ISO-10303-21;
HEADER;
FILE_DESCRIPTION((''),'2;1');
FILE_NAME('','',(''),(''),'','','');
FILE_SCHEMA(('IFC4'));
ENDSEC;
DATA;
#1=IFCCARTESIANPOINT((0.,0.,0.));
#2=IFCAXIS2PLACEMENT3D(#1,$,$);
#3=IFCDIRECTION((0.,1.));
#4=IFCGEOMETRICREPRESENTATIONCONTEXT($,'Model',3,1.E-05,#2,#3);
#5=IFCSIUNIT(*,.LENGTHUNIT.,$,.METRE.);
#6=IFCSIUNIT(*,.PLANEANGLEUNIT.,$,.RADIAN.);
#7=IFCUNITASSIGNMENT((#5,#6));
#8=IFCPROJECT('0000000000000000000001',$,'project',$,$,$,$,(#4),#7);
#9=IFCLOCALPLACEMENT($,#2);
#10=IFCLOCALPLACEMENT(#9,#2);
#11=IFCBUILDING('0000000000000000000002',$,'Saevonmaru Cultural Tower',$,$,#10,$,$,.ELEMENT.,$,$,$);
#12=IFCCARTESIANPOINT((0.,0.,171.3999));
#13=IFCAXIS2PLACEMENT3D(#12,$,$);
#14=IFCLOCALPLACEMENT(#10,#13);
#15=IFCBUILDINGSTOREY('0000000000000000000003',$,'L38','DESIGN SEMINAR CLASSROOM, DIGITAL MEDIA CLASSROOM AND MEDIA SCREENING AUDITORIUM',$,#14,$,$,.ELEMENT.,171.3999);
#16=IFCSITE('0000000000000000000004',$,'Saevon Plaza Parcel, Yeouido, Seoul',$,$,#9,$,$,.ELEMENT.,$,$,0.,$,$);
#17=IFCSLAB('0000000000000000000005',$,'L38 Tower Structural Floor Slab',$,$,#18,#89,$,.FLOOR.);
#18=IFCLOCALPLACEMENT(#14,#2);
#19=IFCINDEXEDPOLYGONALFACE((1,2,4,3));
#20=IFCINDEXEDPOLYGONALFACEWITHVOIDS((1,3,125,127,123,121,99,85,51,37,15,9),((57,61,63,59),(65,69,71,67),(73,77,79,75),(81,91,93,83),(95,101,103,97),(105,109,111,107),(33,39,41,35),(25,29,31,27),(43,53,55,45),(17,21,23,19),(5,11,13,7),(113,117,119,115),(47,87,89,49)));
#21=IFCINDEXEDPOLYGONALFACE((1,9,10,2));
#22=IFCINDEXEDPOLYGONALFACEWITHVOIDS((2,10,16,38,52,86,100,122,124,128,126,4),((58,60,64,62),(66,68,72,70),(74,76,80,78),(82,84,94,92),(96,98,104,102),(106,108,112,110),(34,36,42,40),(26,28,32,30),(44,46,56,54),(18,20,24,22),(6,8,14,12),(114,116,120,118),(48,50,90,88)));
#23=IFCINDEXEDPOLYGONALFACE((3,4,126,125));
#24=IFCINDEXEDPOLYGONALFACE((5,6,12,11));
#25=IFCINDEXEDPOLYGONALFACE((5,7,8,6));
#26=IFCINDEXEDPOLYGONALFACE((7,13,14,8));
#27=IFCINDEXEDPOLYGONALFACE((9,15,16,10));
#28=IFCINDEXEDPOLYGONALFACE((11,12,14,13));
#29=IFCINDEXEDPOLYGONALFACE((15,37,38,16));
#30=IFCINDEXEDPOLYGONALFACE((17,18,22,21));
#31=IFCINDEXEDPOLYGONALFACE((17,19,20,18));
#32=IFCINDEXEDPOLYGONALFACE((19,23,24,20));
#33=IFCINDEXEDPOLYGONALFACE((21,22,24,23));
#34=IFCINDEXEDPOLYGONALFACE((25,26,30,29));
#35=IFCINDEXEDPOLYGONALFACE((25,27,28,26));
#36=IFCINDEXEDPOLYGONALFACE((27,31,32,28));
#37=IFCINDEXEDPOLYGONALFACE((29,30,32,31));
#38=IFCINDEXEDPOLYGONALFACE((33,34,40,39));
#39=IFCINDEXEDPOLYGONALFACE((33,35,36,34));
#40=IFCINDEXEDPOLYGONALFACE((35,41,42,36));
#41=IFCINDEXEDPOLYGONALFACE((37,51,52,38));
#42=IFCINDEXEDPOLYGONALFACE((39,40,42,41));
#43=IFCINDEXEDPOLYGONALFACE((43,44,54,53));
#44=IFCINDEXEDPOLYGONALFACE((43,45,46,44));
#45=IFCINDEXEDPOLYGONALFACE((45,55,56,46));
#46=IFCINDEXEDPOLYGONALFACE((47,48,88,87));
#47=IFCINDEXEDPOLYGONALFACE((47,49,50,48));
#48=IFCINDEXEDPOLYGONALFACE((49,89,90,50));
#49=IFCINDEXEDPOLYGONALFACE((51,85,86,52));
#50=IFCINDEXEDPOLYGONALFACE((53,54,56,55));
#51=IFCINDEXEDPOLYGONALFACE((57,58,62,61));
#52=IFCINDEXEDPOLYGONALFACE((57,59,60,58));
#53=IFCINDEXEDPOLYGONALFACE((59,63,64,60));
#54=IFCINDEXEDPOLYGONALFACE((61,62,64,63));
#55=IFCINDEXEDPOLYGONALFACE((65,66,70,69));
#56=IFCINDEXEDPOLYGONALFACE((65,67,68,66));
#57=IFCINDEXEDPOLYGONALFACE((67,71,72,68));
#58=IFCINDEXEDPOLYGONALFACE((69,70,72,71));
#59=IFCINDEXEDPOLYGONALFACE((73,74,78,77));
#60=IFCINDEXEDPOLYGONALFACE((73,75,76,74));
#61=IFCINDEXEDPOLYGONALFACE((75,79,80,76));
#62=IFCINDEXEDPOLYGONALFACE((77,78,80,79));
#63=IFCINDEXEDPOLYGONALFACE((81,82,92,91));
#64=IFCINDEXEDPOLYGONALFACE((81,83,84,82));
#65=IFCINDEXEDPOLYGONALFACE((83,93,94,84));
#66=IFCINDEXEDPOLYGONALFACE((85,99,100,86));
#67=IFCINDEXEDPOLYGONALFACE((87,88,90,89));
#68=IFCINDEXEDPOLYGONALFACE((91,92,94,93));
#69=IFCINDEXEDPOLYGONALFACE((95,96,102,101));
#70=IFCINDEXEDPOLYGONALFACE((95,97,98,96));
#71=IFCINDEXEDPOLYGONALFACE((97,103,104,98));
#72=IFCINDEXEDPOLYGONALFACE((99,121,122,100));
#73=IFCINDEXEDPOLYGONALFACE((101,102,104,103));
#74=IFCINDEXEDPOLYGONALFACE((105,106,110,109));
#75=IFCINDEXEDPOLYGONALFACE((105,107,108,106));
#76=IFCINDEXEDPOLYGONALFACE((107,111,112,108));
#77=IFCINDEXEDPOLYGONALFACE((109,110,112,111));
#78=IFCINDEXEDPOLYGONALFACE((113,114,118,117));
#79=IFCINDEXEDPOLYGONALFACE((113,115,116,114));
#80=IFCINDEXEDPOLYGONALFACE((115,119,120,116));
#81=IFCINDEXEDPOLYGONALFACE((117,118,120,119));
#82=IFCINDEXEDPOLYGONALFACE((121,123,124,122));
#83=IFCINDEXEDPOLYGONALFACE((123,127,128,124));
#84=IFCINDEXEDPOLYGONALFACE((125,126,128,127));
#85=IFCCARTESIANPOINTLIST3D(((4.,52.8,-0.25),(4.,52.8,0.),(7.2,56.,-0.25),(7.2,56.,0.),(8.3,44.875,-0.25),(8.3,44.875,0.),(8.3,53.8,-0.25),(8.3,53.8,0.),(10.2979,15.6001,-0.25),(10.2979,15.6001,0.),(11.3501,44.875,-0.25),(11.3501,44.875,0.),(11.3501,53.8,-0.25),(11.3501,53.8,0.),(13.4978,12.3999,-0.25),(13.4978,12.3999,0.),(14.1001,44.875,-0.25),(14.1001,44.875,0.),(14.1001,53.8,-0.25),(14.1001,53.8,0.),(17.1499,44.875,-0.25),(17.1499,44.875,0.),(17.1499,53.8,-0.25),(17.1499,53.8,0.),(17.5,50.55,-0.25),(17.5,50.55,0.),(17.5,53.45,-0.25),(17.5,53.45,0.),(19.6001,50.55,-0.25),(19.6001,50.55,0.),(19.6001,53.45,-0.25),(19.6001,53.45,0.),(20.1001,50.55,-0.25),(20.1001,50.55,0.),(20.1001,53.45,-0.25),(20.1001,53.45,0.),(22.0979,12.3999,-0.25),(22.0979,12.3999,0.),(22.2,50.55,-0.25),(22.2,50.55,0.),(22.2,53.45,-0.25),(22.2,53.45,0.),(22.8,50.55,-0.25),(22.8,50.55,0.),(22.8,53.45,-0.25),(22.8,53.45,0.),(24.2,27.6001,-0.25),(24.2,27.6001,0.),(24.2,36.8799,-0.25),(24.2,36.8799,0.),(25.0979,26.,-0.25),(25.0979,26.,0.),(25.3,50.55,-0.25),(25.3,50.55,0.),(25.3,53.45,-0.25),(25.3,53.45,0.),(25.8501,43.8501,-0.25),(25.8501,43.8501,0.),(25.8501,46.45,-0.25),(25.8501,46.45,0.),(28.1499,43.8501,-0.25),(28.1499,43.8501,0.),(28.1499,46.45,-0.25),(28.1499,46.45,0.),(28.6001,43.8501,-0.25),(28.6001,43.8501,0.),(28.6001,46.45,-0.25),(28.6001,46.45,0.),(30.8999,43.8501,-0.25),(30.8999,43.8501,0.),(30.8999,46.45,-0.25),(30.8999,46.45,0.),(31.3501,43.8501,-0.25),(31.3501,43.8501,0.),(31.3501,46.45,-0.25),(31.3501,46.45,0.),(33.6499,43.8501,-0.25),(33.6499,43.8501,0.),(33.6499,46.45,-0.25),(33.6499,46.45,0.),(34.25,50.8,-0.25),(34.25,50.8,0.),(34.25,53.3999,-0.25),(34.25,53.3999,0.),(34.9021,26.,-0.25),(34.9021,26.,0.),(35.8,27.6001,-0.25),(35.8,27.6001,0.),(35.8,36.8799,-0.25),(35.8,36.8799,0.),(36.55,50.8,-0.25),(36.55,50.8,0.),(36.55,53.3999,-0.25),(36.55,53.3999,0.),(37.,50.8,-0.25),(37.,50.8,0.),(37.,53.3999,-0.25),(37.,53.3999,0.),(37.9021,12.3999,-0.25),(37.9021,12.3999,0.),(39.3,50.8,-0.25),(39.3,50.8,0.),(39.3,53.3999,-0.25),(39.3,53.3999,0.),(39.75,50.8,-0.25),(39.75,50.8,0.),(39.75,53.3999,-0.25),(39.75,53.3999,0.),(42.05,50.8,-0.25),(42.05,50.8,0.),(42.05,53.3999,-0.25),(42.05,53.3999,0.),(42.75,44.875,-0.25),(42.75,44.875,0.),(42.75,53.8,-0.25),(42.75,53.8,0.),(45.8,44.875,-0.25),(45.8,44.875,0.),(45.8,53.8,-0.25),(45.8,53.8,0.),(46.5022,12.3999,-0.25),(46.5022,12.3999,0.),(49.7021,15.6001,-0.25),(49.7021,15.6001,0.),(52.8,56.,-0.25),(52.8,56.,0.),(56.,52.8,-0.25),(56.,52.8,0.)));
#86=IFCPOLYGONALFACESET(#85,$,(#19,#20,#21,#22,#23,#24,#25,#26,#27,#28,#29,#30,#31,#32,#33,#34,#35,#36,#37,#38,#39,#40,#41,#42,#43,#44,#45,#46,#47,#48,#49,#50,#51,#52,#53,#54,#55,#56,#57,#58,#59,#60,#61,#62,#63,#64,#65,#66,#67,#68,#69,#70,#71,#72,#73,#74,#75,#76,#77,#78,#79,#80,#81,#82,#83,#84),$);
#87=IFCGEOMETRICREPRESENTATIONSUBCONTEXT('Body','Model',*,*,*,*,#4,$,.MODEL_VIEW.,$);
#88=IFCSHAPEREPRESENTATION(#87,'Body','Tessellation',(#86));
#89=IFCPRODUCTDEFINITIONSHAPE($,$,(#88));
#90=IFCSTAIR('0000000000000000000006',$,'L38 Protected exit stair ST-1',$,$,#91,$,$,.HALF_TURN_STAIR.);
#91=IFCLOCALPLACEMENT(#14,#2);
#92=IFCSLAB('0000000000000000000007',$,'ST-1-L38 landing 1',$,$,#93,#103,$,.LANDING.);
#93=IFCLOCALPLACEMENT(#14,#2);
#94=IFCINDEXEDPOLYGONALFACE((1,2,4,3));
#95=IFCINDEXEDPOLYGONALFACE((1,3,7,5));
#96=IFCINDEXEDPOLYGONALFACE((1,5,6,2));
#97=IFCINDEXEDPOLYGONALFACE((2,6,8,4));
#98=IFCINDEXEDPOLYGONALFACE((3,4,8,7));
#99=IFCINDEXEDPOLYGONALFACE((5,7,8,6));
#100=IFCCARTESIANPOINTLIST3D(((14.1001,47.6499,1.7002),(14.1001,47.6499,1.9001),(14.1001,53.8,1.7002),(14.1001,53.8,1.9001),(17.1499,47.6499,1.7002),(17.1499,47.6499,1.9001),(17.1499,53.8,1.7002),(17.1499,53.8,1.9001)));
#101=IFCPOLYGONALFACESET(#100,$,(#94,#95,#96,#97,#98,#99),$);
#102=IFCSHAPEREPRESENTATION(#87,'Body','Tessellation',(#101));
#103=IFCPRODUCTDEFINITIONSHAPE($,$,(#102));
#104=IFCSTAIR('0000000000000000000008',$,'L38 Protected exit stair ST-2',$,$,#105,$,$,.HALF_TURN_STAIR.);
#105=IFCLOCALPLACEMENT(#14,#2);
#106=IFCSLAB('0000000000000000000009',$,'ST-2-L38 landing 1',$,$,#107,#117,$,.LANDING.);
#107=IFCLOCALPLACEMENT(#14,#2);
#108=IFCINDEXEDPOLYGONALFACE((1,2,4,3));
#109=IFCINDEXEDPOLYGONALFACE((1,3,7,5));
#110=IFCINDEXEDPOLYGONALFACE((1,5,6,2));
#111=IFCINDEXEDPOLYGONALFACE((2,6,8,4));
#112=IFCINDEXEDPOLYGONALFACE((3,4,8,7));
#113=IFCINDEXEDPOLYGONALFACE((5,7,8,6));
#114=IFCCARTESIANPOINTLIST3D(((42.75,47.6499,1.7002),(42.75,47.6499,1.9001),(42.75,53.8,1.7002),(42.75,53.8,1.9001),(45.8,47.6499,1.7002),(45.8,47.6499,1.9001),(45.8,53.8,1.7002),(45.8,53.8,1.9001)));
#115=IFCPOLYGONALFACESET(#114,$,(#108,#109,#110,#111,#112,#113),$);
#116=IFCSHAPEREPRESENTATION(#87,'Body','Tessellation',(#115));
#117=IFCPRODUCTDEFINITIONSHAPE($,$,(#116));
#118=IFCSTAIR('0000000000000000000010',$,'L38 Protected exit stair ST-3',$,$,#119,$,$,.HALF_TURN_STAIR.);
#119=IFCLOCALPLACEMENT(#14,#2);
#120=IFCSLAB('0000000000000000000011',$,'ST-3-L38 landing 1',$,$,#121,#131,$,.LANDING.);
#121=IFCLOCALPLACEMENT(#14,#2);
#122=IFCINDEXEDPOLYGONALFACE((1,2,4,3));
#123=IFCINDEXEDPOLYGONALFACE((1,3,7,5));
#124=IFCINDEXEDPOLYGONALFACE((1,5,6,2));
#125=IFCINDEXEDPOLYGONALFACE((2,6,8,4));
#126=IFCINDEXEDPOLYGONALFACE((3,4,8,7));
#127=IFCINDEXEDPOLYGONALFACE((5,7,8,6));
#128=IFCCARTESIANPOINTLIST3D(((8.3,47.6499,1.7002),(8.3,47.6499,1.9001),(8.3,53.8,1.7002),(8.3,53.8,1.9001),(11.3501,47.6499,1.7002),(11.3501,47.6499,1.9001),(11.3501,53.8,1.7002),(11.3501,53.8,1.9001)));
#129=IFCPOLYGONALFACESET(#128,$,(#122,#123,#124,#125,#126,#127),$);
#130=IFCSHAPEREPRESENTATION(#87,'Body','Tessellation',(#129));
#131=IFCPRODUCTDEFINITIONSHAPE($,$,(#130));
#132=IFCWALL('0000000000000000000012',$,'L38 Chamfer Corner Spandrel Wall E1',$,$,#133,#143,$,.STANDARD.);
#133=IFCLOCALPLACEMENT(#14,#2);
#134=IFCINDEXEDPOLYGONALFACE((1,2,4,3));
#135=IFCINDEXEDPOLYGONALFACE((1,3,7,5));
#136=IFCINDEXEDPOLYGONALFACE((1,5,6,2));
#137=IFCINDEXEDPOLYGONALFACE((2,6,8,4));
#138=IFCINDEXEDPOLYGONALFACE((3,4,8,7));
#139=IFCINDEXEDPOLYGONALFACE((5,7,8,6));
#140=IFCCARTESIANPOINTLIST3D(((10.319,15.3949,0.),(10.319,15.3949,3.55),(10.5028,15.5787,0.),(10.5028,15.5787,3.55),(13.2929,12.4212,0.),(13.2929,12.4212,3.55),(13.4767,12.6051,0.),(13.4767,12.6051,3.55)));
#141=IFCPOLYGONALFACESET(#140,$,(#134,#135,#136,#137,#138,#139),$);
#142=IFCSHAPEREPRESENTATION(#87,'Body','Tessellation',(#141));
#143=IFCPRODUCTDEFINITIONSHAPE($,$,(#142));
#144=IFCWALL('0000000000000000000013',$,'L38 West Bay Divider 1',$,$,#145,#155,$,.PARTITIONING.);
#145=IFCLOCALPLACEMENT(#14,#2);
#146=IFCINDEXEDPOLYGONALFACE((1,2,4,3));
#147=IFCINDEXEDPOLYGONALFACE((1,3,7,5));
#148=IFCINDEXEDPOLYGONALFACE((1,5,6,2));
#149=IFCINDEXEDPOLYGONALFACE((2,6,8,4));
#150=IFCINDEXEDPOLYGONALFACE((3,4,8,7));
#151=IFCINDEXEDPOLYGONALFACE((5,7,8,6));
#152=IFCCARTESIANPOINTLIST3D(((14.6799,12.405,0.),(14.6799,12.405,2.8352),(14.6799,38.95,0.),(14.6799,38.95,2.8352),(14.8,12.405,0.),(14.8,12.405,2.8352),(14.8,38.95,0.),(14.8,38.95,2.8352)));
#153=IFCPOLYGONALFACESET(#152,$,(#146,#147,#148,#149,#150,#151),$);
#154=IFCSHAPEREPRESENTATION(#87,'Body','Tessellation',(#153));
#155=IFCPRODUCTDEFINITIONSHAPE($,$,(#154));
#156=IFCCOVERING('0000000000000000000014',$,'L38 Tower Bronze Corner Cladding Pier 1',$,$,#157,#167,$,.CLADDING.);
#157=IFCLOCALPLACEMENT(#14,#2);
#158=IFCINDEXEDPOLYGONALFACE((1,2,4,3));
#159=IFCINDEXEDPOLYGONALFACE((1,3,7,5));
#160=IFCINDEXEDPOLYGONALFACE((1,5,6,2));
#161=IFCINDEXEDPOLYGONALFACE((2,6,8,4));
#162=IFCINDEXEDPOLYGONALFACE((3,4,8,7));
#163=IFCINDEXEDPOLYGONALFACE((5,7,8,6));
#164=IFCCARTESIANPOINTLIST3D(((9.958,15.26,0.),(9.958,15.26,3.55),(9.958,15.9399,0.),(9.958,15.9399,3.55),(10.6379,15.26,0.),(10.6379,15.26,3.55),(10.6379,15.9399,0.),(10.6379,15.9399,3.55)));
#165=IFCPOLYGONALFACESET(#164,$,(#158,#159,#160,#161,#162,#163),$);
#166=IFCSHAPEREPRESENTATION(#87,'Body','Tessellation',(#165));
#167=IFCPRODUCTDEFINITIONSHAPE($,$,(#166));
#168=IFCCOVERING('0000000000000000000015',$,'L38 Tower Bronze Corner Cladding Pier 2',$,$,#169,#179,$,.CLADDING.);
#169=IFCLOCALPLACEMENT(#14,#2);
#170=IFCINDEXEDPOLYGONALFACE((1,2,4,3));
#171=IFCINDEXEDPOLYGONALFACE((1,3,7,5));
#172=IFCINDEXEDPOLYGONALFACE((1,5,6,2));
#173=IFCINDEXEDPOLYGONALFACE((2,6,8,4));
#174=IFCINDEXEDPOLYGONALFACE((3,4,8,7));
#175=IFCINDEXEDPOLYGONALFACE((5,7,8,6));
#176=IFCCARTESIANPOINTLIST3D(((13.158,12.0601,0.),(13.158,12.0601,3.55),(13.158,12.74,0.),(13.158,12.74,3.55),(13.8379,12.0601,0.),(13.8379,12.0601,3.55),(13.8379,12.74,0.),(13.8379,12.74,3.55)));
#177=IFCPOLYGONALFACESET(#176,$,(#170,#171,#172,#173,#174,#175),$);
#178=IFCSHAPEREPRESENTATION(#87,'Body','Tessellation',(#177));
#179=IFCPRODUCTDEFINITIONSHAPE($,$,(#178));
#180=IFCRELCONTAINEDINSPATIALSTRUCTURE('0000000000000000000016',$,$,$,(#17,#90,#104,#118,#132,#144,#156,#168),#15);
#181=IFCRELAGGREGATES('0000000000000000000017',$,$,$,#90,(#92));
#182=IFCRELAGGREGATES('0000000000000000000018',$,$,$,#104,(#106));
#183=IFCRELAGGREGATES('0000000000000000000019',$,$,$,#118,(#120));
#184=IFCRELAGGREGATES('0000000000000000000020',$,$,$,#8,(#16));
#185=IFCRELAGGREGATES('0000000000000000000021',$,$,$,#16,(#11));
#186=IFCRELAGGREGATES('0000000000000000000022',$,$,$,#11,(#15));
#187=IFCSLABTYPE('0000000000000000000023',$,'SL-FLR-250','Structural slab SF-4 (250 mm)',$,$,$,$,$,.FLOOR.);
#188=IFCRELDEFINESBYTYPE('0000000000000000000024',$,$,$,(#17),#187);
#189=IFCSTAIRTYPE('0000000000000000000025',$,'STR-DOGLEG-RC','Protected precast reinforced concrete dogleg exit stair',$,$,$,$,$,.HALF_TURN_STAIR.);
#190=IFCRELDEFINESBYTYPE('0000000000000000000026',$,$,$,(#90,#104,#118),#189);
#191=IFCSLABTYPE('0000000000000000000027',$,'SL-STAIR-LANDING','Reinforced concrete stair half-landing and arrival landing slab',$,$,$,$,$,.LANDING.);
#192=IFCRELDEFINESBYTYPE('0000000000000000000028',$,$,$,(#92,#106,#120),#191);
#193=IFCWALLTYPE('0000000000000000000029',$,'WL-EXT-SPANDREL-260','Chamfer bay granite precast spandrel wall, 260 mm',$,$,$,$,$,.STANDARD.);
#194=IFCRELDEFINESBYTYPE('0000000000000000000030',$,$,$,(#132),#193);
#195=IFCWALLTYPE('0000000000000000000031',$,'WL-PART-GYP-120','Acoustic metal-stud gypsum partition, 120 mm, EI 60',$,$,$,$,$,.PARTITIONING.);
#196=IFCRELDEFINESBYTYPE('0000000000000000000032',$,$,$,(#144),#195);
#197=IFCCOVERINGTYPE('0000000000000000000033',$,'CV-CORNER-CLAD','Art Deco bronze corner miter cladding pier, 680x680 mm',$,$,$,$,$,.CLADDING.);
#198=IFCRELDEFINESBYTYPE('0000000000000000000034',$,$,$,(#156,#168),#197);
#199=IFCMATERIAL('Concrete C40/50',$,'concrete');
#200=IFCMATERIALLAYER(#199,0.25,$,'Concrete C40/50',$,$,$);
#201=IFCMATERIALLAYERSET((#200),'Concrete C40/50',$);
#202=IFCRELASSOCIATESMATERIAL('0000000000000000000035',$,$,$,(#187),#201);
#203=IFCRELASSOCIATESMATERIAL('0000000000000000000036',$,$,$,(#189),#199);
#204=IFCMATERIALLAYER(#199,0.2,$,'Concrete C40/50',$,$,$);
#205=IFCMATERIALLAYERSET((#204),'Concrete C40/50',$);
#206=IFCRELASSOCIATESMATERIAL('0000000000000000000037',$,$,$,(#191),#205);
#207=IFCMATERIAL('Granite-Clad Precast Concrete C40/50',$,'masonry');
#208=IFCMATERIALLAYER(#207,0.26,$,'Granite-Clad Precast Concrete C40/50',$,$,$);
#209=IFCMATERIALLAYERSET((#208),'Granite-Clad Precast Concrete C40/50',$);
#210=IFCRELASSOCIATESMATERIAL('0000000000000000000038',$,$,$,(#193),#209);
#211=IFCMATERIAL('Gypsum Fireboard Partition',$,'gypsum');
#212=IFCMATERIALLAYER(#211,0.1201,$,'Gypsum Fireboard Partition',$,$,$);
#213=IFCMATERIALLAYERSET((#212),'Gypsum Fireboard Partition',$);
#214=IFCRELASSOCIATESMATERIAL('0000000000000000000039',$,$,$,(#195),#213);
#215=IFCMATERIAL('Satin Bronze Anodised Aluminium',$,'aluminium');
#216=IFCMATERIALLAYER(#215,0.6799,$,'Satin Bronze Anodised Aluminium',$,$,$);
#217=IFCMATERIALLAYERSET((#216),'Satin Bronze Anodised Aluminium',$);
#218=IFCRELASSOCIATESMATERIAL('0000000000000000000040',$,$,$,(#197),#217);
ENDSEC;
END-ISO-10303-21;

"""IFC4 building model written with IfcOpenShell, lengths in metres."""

from ifc_helpers import new_model, si_unit, direction, frame, frame_2d, origin, place, context, subcontext, project, spatial, polyline, rectangle, outline, extrude, material, layer, layer_set, type_object, element, aggregate, save


model = new_model("IFC4")

# Units and contexts
model_context = context("Model", 3, precision=1e-05, world=origin(), true_north=direction((0.0, 1.0)))
body_context = subcontext(model_context, "Body", "Model", "MODEL_VIEW")
ifc_project = project(units=[si_unit("LENGTHUNIT", "METRE"), si_unit("PLANEANGLEUNIT", "RADIAN")], contexts=[model_context])

# Site, building, storey
site_placement = place(None, origin())
site = spatial("IfcSite", under=ifc_project, at=site_placement, Name="Saevon Plaza Parcel, Yeouido, Seoul", CompositionType="ELEMENT", RefElevation=0.0)
building_placement = place(site_placement, origin())
building = spatial("IfcBuilding", under=site, at=building_placement, Name="Saevonmaru Cultural Tower", CompositionType="ELEMENT")
storey_placement = place(building_placement, frame((0.0, 0.0, 171.3999)))
storey = spatial("IfcBuildingStorey", under=building, at=storey_placement, Name="L38", Description="DESIGN SEMINAR CLASSROOM, DIGITAL MEDIA CLASSROOM AND MEDIA SCREENING AUDITORIUM", CompositionType="ELEMENT", Elevation=171.3999)

# Shared definitions
ifc_material_1 = material(Name="Satin Bronze Anodised Aluminium", Category="aluminium")

# Slab
ifc_material_2 = material(Name="Concrete C40/50", Category="concrete")
ifc_layer_1 = layer(ifc_material_2, 0.25, Name="Concrete C40/50")
ifc_layer_set_1 = layer_set([ifc_layer_1], Name="Concrete C40/50")
slab_type_1 = type_object("IfcSlabType", Name="SL-FLR-250", Description="Structural slab SF-4 (250 mm)", PredefinedType="FLOOR", material=ifc_layer_set_1)
slab_1_placement = place(storey_placement, frame((0.0, 0.0, -0.25)))
element("IfcSlab", 1, at=slab_1_placement, inside=storey, type_object=slab_type_1, Name="L38 Tower Structural Floor Slab", PredefinedType="FLOOR", context=body_context, shape_type="SweptSolid", body=[
    extrude(outline(polyline([(10.2979, 15.6001), (13.4978, 12.3999), (22.0979, 12.3999), (25.0979, 26.0), (34.9021, 26.0), (37.9021, 12.3999), (46.5022, 12.3999), (49.7021, 15.6001), (56.0, 52.8), (52.8, 56.0), (7.2, 56.0), (4.0, 52.8), (10.2979, 15.6001)]), holes=[polyline([(45.8, 44.875), (42.75, 44.875), (42.75, 53.8), (45.8, 53.8), (45.8, 44.875)]), polyline([(39.75, 50.8), (39.75, 53.3999), (42.05, 53.3999), (42.05, 50.8), (39.75, 50.8)]), polyline([(37.0, 50.8), (37.0, 53.3999), (39.3, 53.3999), (39.3, 50.8), (37.0, 50.8)]), polyline([(34.25, 50.8), (34.25, 53.3999), (36.55, 53.3999), (36.55, 50.8), (34.25, 50.8)]), polyline([(24.2, 27.6001), (24.2, 36.8799), (35.8, 36.8799), (35.8, 27.6001), (24.2, 27.6001)]), polyline([(31.3501, 43.8501), (31.3501, 46.45), (33.6499, 46.45), (33.6499, 43.8501), (31.3501, 43.8501)]), polyline([(28.6001, 43.8501), (28.6001, 46.45), (30.8999, 46.45), (30.8999, 43.8501), (28.6001, 43.8501)]), polyline([(28.1499, 43.8501), (25.8501, 43.8501), (25.8501, 46.45), (28.1499, 46.45), (28.1499, 43.8501)]), polyline([(25.3, 50.55), (22.8, 50.55), (22.8, 53.45), (25.3, 53.45), (25.3, 50.55)]), polyline([(20.1001, 50.55), (20.1001, 53.45), (22.2, 53.45), (22.2, 50.55), (20.1001, 50.55)]), polyline([(17.5, 50.55), (17.5, 53.45), (19.6001, 53.45), (19.6001, 50.55), (17.5, 50.55)]), polyline([(17.1499, 53.8), (17.1499, 44.875), (14.1001, 44.875), (14.1001, 53.8), (17.1499, 53.8)]), polyline([(11.3501, 44.875), (8.3, 44.875), (8.3, 53.8), (11.3501, 53.8), (11.3501, 44.875)])]), origin(), (0.0, 0.0, 1.0), 0.25),
])

# Stairs, slabs
stair_type = type_object("IfcStairType", Name="STR-DOGLEG-RC", Description="Protected precast reinforced concrete dogleg exit stair", PredefinedType="HALF_TURN_STAIR", material=ifc_material_2)
stair_1_placement = place(storey_placement, origin())
stair_1 = element("IfcStair", 2, at=stair_1_placement, inside=storey, type_object=stair_type, Name="L38 Protected exit stair ST-1", PredefinedType="HALF_TURN_STAIR")
ifc_layer_2 = layer(ifc_material_2, 0.2, Name="Concrete C40/50")
ifc_layer_set_2 = layer_set([ifc_layer_2], Name="Concrete C40/50")
slab_type_2 = type_object("IfcSlabType", Name="SL-STAIR-LANDING", Description="Reinforced concrete stair half-landing and arrival landing slab", PredefinedType="LANDING", material=ifc_layer_set_2)
slab_2_placement = place(storey_placement, frame((0.0, 0.0, 1.7002)))
slab_2 = element("IfcSlab", 3, at=slab_2_placement, type_object=slab_type_2, Name="ST-1-L38 landing 1", PredefinedType="LANDING", context=body_context, shape_type="SweptSolid", body=[
    extrude(outline(polyline([(17.1499, 47.6499), (17.1499, 53.8), (14.1001, 53.8), (14.1001, 47.6499), (17.1499, 47.6499)])), origin(), (0.0, 0.0, 1.0), 0.2),
])
aggregate(stair_1, [slab_2])
stair_2_placement = place(storey_placement, origin())
stair_2 = element("IfcStair", 4, at=stair_2_placement, inside=storey, type_object=stair_type, Name="L38 Protected exit stair ST-2", PredefinedType="HALF_TURN_STAIR")
slab_3_placement = place(storey_placement, frame((0.0, 0.0, 1.7002)))
slab_3 = element("IfcSlab", 5, at=slab_3_placement, type_object=slab_type_2, Name="ST-2-L38 landing 1", PredefinedType="LANDING", context=body_context, shape_type="SweptSolid", body=[
    extrude(outline(polyline([(45.8, 47.6499), (45.8, 53.8), (42.75, 53.8), (42.75, 47.6499), (45.8, 47.6499)])), origin(), (0.0, 0.0, 1.0), 0.2),
])
aggregate(stair_2, [slab_3])
stair_3_placement = place(storey_placement, origin())
stair_3 = element("IfcStair", 6, at=stair_3_placement, inside=storey, type_object=stair_type, Name="L38 Protected exit stair ST-3", PredefinedType="HALF_TURN_STAIR")
slab_4_placement = place(storey_placement, frame((0.0, 0.0, 1.7002)))
slab_4 = element("IfcSlab", 7, at=slab_4_placement, type_object=slab_type_2, Name="ST-3-L38 landing 1", PredefinedType="LANDING", context=body_context, shape_type="SweptSolid", body=[
    extrude(outline(polyline([(11.3501, 47.6499), (11.3501, 53.8), (8.3, 53.8), (8.3, 47.6499), (11.3501, 47.6499)])), origin(), (0.0, 0.0, 1.0), 0.2),
])
aggregate(stair_3, [slab_4])

# Walls
ifc_material_3 = material(Name="Granite-Clad Precast Concrete C40/50", Category="masonry")
ifc_layer_3 = layer(ifc_material_3, 0.26, Name="Granite-Clad Precast Concrete C40/50")
ifc_layer_set_3 = layer_set([ifc_layer_3], Name="Granite-Clad Precast Concrete C40/50")
wall_type_1 = type_object("IfcWallType", Name="WL-EXT-SPANDREL-260", Description="Chamfer bay granite precast spandrel wall, 260 mm", PredefinedType="STANDARD", material=ifc_layer_set_3)
wall_1_placement = place(storey_placement, frame((10.4109, 15.4868, 0.0), z_axis=(0.0, 0.0, 1.0), x_axis=(0.707136, -0.707078, 0.0)))
element("IfcWall", 8, at=wall_1_placement, inside=storey, type_object=wall_type_1, Name="L38 Chamfer Corner Spandrel Wall E1", PredefinedType="STANDARD", context=body_context, shape_type="SweptSolid", body=[
    extrude(rectangle(XDim=4.2056, YDim=0.26, at=frame_2d((2.1028, 0.0))), origin(), (0.0, 0.0, 1.0), 3.55),
])
ifc_material_4 = material(Name="Gypsum Fireboard Partition", Category="gypsum")
ifc_layer_4 = layer(ifc_material_4, 0.1201, Name="Gypsum Fireboard Partition")
ifc_layer_set_4 = layer_set([ifc_layer_4], Name="Gypsum Fireboard Partition")
wall_type_2 = type_object("IfcWallType", Name="WL-PART-GYP-120", Description="Acoustic metal-stud gypsum partition, 120 mm, EI 60", PredefinedType="PARTITIONING", material=ifc_layer_set_4)
wall_2_placement = place(storey_placement, frame((14.74, 12.405, 0.0), z_axis=(0.0, 0.0, 1.0), x_axis=(0.0, 1.0, 0.0)))
element("IfcWall", 9, at=wall_2_placement, inside=storey, type_object=wall_type_2, Name="L38 West Bay Divider 1", PredefinedType="PARTITIONING", context=body_context, shape_type="SweptSolid", body=[
    extrude(rectangle(XDim=26.5449, YDim=0.1201, at=frame_2d((13.2725, 0.0))), origin(), (0.0, 0.0, 1.0), 2.8352),
])

# Coverings
ifc_layer_5 = layer(ifc_material_1, 0.6799, Name="Satin Bronze Anodised Aluminium")
ifc_layer_set_5 = layer_set([ifc_layer_5], Name="Satin Bronze Anodised Aluminium")
covering_type = type_object("IfcCoveringType", Name="CV-CORNER-CLAD", Description="Art Deco bronze corner miter cladding pier, 680x680 mm", PredefinedType="CLADDING", material=ifc_layer_set_5)
covering_1_placement = place(storey_placement, origin())
element("IfcCovering", 10, at=covering_1_placement, inside=storey, type_object=covering_type, Name="L38 Tower Bronze Corner Cladding Pier 1", PredefinedType="CLADDING", context=body_context, shape_type="SweptSolid", body=[
    extrude(outline(polyline([(9.958, 15.26), (10.6379, 15.26), (10.6379, 15.9399), (9.958, 15.9399), (9.958, 15.26)])), origin(), (0.0, 0.0, 1.0), 3.55),
])
covering_2_placement = place(storey_placement, origin())
element("IfcCovering", 11, at=covering_2_placement, inside=storey, type_object=covering_type, Name="L38 Tower Bronze Corner Cladding Pier 2", PredefinedType="CLADDING", context=body_context, shape_type="SweptSolid", body=[
    extrude(outline(polyline([(13.158, 12.0601), (13.8379, 12.0601), (13.8379, 12.74), (13.158, 12.74), (13.158, 12.0601)])), origin(), (0.0, 0.0, 1.0), 3.55),
])

save(model, "model.ifc")
